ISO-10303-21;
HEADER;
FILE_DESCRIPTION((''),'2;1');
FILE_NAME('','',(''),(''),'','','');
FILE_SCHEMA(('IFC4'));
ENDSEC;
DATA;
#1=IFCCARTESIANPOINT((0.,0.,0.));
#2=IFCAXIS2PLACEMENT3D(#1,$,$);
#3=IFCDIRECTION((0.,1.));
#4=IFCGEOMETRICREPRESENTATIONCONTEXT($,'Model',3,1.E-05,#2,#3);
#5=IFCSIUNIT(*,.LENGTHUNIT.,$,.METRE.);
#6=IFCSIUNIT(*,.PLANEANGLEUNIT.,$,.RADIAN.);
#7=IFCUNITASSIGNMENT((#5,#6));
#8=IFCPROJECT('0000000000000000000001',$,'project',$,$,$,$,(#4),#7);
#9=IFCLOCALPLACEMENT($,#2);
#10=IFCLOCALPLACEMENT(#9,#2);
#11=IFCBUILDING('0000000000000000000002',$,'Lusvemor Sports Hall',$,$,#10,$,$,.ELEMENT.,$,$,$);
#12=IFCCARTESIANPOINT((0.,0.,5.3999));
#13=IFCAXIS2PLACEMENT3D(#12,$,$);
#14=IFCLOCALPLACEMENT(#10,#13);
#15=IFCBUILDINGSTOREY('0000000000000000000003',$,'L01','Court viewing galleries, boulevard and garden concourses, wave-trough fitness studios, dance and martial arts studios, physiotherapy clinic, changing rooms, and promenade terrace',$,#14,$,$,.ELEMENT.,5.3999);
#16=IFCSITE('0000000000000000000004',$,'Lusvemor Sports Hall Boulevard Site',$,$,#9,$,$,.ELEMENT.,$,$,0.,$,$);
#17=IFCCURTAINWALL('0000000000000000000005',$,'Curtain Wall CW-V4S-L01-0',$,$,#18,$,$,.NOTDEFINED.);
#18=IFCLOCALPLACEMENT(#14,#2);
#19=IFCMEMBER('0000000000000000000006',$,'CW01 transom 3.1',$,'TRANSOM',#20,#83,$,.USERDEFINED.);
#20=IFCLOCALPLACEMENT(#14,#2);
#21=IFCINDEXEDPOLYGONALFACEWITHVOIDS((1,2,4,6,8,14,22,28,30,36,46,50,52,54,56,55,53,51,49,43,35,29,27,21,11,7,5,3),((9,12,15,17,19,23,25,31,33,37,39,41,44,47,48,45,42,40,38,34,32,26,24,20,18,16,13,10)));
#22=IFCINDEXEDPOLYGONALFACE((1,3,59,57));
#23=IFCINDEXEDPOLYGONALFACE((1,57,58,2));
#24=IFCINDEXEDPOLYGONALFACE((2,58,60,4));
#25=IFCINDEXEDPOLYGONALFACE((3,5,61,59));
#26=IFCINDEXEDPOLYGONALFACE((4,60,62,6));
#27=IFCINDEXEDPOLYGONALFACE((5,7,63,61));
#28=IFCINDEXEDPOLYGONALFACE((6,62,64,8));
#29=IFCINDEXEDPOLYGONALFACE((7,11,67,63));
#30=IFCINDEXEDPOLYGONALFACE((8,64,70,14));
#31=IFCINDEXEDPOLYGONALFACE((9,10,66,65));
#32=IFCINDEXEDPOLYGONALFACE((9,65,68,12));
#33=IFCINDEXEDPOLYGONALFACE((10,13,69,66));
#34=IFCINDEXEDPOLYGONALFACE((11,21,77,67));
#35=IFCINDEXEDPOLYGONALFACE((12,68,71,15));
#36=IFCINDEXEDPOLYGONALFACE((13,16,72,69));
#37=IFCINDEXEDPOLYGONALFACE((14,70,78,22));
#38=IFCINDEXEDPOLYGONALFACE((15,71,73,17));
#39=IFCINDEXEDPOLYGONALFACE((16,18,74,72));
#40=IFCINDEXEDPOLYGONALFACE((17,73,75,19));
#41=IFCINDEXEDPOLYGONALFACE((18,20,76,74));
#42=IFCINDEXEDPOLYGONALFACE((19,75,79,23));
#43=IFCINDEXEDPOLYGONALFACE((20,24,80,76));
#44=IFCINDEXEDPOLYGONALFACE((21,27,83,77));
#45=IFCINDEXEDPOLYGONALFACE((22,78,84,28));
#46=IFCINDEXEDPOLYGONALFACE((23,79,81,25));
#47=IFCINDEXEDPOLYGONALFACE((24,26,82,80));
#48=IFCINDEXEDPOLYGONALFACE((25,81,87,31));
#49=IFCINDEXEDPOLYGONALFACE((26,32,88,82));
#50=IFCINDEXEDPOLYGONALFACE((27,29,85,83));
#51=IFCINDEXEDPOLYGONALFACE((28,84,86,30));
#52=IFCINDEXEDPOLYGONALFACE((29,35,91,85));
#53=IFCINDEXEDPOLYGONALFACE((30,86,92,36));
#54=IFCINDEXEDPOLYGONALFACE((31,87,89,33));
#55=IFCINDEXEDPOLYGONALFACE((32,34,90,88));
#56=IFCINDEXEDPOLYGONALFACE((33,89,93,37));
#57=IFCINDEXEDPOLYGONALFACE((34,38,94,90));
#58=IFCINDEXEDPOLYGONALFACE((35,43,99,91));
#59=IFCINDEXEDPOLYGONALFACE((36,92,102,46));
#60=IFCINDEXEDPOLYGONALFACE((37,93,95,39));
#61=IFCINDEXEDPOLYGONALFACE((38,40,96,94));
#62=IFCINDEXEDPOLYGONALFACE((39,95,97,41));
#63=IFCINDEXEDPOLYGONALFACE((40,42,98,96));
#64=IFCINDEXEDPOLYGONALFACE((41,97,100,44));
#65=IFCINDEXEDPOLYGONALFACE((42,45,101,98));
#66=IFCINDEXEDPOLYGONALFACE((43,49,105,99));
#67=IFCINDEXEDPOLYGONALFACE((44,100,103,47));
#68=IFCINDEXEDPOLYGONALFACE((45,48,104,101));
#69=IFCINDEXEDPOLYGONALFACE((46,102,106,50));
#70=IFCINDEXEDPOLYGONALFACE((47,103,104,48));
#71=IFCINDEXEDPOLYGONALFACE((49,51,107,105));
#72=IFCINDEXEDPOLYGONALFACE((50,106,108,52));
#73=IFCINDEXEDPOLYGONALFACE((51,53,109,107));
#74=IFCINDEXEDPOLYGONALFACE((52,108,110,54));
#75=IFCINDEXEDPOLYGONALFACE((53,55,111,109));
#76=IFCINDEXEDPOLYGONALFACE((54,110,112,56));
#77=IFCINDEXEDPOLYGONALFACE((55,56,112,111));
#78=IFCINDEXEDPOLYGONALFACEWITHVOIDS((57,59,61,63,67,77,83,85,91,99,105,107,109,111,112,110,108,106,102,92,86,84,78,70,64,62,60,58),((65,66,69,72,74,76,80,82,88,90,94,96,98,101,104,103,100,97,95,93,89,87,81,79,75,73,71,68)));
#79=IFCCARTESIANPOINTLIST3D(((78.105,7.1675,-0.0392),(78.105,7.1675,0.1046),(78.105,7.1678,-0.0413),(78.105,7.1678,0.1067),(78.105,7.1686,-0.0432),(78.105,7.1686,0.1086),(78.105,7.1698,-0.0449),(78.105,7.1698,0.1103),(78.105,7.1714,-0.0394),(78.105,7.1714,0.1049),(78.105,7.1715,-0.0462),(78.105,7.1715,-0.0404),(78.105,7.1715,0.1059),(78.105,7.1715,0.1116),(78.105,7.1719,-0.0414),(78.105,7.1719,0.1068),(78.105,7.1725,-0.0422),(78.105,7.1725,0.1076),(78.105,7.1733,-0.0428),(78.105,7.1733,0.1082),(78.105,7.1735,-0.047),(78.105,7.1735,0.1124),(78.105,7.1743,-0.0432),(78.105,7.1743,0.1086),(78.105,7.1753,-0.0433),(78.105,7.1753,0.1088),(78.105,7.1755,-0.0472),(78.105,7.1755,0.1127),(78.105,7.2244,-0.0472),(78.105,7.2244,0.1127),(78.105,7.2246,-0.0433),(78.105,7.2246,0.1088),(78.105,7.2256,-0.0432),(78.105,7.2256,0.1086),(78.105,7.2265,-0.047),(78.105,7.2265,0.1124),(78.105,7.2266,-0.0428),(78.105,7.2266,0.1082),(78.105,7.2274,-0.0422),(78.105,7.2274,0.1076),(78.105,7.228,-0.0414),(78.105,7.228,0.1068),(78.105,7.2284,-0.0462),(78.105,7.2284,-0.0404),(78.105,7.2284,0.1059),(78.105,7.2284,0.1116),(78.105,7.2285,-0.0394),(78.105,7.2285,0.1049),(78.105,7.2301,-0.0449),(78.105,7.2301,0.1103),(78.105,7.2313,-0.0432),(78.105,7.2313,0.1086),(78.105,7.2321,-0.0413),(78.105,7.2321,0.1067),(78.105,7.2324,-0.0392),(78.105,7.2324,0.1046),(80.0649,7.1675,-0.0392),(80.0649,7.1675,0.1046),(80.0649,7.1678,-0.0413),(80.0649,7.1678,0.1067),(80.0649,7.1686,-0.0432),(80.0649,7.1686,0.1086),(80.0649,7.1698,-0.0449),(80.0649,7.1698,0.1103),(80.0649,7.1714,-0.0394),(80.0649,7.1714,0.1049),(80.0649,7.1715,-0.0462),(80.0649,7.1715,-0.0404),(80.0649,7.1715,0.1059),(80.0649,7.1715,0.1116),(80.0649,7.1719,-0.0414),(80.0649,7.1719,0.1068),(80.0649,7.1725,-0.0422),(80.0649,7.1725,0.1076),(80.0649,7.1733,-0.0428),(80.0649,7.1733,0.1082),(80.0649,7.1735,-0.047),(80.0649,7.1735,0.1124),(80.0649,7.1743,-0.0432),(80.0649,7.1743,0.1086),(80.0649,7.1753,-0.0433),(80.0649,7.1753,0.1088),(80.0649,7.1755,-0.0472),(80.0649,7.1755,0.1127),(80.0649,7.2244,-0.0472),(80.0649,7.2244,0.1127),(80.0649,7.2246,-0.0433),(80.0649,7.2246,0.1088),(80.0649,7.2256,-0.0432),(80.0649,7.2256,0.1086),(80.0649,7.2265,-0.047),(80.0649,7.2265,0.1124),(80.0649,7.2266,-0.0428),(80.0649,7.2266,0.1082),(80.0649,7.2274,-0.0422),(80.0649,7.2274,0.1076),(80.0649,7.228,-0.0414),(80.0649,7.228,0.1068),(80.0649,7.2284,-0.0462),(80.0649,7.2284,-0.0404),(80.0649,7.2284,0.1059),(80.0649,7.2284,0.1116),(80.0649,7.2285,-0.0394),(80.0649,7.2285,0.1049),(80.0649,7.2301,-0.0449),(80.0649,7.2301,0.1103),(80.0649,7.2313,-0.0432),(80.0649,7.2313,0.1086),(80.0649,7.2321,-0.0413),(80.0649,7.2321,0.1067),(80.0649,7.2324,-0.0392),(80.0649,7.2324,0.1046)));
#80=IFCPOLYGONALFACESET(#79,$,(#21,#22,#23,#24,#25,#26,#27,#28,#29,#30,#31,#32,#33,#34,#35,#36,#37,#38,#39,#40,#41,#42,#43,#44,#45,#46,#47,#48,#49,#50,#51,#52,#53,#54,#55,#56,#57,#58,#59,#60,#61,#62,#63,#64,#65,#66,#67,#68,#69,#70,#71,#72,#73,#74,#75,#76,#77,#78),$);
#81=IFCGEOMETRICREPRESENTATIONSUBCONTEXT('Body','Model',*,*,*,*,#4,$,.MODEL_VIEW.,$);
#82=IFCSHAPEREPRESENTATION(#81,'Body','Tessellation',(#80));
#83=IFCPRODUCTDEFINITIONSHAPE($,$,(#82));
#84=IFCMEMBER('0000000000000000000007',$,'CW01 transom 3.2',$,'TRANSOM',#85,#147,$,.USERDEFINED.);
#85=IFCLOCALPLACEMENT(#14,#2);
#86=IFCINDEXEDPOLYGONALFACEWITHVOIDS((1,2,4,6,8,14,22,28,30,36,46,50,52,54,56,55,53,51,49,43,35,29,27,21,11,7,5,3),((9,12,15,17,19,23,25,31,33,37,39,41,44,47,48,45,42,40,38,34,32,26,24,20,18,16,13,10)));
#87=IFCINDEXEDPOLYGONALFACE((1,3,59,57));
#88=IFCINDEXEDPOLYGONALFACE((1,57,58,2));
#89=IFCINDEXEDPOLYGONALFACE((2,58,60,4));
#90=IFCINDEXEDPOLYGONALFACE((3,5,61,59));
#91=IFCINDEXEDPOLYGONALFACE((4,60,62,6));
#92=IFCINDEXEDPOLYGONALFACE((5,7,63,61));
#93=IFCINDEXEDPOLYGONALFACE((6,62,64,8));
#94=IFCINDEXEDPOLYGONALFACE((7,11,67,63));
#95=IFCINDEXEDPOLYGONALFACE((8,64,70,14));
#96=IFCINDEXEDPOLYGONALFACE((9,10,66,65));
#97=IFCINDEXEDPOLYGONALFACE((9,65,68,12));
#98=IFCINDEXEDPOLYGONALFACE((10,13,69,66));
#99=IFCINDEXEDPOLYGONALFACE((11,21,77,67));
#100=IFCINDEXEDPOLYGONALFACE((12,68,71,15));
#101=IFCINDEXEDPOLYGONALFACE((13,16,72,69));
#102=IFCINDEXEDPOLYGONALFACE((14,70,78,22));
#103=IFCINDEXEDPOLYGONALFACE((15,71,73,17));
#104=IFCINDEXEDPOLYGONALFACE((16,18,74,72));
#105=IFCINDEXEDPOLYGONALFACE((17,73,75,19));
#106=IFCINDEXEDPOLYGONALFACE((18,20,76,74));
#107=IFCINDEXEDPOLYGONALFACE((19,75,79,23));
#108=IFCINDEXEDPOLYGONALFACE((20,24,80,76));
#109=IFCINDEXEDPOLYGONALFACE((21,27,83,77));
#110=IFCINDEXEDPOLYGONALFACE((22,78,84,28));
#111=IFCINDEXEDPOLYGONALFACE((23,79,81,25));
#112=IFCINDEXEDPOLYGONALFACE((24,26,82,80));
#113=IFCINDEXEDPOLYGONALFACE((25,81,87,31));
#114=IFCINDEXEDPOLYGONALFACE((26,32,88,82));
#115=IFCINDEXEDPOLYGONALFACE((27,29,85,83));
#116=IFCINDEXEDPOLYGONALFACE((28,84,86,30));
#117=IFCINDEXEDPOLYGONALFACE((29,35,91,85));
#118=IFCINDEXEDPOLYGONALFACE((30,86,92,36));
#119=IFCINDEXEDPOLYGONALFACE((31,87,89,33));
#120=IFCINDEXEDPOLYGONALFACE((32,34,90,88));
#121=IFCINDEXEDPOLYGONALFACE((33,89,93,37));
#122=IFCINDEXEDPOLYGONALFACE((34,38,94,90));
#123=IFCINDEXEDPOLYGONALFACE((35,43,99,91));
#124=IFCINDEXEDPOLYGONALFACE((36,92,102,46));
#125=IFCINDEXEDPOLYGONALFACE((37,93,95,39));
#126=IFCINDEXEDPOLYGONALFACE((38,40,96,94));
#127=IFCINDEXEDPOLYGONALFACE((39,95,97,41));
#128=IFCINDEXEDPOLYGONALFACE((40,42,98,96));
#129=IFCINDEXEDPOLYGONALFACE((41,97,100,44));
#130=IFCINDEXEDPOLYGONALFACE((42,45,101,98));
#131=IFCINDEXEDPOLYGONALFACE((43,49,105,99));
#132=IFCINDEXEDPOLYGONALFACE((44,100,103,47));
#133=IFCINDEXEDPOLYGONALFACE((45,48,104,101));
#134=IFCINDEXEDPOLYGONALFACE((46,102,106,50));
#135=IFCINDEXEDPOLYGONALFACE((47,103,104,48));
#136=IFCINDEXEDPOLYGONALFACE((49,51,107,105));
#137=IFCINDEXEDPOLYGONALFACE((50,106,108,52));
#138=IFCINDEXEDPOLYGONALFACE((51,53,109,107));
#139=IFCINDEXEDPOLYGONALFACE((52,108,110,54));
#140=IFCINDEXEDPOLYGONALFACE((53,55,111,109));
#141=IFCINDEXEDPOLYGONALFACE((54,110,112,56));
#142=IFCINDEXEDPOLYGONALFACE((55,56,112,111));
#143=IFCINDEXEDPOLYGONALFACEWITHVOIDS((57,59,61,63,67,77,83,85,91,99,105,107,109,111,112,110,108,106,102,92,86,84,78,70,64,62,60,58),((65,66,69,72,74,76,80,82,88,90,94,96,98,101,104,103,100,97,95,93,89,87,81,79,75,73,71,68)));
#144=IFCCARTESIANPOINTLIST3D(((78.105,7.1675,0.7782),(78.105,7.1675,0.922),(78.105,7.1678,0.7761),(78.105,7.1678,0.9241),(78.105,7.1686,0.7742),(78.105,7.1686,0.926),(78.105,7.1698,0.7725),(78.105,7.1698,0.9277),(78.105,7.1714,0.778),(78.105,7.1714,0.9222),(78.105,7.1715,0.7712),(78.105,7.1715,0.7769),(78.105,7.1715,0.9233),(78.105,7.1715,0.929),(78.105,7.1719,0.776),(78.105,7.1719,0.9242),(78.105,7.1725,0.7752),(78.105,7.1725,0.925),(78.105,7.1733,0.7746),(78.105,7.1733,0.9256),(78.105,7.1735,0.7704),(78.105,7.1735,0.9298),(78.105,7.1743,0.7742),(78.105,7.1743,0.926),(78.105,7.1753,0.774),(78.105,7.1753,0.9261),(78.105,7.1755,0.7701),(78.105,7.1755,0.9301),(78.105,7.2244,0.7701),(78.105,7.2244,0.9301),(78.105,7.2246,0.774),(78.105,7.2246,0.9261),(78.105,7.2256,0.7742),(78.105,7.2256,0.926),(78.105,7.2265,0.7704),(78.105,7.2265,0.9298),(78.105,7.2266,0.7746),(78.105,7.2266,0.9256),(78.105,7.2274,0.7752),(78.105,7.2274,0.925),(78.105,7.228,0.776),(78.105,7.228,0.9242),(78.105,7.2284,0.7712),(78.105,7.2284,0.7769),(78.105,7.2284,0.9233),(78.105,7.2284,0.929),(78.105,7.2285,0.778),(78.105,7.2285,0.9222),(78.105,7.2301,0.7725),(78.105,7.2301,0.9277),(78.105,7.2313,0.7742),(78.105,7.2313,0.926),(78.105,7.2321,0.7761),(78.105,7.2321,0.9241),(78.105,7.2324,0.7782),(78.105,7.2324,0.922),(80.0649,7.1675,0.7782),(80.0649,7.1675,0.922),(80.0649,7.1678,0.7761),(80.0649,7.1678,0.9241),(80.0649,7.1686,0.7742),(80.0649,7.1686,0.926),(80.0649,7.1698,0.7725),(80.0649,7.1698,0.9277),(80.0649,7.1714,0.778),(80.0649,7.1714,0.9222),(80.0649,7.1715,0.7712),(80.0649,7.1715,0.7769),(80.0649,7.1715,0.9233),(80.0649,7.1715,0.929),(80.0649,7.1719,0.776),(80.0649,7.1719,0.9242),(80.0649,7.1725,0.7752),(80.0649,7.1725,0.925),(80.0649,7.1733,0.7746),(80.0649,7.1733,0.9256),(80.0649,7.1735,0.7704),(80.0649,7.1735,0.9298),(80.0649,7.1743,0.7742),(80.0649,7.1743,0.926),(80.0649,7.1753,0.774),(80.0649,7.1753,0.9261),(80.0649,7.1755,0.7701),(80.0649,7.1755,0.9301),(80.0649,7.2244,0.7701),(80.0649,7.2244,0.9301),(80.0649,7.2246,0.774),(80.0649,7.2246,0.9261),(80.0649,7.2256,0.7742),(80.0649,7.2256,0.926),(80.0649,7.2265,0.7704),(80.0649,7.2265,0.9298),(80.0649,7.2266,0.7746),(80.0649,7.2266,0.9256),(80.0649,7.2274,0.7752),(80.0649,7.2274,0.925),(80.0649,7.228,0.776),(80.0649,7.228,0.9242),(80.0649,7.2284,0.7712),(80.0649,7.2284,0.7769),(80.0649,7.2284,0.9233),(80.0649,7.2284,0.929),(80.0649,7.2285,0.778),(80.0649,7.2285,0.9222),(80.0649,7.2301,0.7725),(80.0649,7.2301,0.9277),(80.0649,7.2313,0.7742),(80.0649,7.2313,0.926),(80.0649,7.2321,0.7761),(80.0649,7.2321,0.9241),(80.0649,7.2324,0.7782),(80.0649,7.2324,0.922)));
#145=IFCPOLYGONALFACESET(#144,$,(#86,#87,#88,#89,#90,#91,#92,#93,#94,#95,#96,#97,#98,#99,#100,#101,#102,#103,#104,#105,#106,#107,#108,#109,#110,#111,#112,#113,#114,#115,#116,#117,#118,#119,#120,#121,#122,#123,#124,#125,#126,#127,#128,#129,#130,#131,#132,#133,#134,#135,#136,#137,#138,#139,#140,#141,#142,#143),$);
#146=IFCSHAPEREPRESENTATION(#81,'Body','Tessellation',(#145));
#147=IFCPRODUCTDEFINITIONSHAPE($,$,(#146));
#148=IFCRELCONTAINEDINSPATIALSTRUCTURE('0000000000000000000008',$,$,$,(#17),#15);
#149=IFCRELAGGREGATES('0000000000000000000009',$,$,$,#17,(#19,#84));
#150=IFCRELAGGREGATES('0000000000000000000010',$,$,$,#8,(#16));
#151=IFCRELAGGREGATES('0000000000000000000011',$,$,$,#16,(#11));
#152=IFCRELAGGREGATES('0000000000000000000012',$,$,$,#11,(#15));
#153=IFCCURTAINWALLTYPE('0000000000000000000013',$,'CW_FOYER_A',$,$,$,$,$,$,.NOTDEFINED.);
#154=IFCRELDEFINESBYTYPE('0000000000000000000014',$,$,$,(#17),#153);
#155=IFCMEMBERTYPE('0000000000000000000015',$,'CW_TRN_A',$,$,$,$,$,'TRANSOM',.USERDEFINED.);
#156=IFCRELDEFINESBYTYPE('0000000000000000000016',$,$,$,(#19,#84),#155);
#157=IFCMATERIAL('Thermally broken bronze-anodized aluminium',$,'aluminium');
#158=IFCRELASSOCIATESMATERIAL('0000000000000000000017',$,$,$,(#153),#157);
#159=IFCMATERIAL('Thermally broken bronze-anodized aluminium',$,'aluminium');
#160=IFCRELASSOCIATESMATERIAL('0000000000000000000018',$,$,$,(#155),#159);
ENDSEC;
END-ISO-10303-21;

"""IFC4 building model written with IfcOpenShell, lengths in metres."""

from ifc_helpers import new_model, si_unit, direction, frame, origin, origin_2d, place, context, subcontext, project, spatial, hollow_rectangle, extrude, material, material_profile, profile_set, type_object, element, aggregate, save


model = new_model("IFC4")

# Units and contexts
model_context = context("Model", 3, precision=1e-05, world=origin(), true_north=direction((0.0, 1.0)))
body_context = subcontext(model_context, "Body", "Model", "MODEL_VIEW")
ifc_project = project(units=[si_unit("LENGTHUNIT", "METRE"), si_unit("PLANEANGLEUNIT", "RADIAN")], contexts=[model_context])

# Site, building, storey
site_placement = place(None, origin())
site = spatial("IfcSite", under=ifc_project, at=site_placement, Name="Lusvemor Sports Hall Boulevard Site", CompositionType="ELEMENT", RefElevation=0.0)
building_placement = place(site_placement, origin())
building = spatial("IfcBuilding", under=site, at=building_placement, Name="Lusvemor Sports Hall", CompositionType="ELEMENT")
storey_placement = place(building_placement, frame((0.0, 0.0, 5.3999)))
storey = spatial("IfcBuildingStorey", under=building, at=storey_placement, Name="L01", Description="Court viewing galleries, boulevard and garden concourses, wave-trough fitness studios, dance and martial arts studios, physiotherapy clinic, changing rooms, and promenade terrace", CompositionType="ELEMENT", Elevation=5.3999)

# Curtain wall, members
ifc_material_1 = material(Name="Thermally broken bronze-anodized aluminium", Category="aluminium")
curtain_wall_type = type_object("IfcCurtainWallType", Name="CW_FOYER_A", PredefinedType="NOTDEFINED", material=ifc_material_1)
curtain_wall_placement = place(storey_placement, origin())
curtain_wall = element("IfcCurtainWall", 1, at=curtain_wall_placement, inside=storey, type_object=curtain_wall_type, Name="Curtain Wall CW-V4S-L01-0", PredefinedType="NOTDEFINED")
ifc_material_2 = material(Name="Thermally broken bronze-anodized aluminium", Category="aluminium")
ifc_material_profile_1 = material_profile(ifc_material_2, hollow_rectangle(XDim=0.0649, YDim=0.1599, WallThickness=0.0039, InnerFilletRadius=0.0039, OuterFilletRadius=0.0081, at=origin_2d()), Name="CWTRN160x65x4")
ifc_profile_set_1 = profile_set([ifc_material_profile_1], Name="Thermally broken bronze-anodized aluminium")
member_type_1 = type_object("IfcMemberType", Name="CW_TRN_A", ElementType="TRANSOM", PredefinedType="USERDEFINED", material=ifc_profile_set_1)
member_1_placement = place(storey_placement, frame((80.0649, 7.2, 0.0327), z_axis=(-1.0, 0.0, 0.0), x_axis=(0.0, -1.0, 0.0)))
member_1 = element("IfcMember", 2, at=member_1_placement, type_object=member_type_1, Name="CW01 transom 3.1", ObjectType="TRANSOM", PredefinedType="USERDEFINED", context=body_context, shape_type="SweptSolid", body=[
    extrude(hollow_rectangle(XDim=0.0649, YDim=0.1599, WallThickness=0.0039, InnerFilletRadius=0.0039, OuterFilletRadius=0.0081, at=origin_2d()), origin(), (0.0, 0.0, 1.0), 1.96),
])
member_2_placement = place(storey_placement, frame((80.0649, 7.2, 0.8501), z_axis=(-1.0, 0.0, 0.0), x_axis=(0.0, -1.0, 0.0)))
member_2 = element("IfcMember", 3, at=member_2_placement, type_object=member_type_1, Name="CW01 transom 3.2", ObjectType="TRANSOM", PredefinedType="USERDEFINED", context=body_context, shape_type="SweptSolid", body=[
    extrude(hollow_rectangle(XDim=0.0649, YDim=0.1599, WallThickness=0.0039, InnerFilletRadius=0.0039, OuterFilletRadius=0.0081, at=origin_2d()), origin(), (0.0, 0.0, 1.0), 1.96),
])

aggregate(curtain_wall, [member_1, member_2])

save(model, "model.ifc")
